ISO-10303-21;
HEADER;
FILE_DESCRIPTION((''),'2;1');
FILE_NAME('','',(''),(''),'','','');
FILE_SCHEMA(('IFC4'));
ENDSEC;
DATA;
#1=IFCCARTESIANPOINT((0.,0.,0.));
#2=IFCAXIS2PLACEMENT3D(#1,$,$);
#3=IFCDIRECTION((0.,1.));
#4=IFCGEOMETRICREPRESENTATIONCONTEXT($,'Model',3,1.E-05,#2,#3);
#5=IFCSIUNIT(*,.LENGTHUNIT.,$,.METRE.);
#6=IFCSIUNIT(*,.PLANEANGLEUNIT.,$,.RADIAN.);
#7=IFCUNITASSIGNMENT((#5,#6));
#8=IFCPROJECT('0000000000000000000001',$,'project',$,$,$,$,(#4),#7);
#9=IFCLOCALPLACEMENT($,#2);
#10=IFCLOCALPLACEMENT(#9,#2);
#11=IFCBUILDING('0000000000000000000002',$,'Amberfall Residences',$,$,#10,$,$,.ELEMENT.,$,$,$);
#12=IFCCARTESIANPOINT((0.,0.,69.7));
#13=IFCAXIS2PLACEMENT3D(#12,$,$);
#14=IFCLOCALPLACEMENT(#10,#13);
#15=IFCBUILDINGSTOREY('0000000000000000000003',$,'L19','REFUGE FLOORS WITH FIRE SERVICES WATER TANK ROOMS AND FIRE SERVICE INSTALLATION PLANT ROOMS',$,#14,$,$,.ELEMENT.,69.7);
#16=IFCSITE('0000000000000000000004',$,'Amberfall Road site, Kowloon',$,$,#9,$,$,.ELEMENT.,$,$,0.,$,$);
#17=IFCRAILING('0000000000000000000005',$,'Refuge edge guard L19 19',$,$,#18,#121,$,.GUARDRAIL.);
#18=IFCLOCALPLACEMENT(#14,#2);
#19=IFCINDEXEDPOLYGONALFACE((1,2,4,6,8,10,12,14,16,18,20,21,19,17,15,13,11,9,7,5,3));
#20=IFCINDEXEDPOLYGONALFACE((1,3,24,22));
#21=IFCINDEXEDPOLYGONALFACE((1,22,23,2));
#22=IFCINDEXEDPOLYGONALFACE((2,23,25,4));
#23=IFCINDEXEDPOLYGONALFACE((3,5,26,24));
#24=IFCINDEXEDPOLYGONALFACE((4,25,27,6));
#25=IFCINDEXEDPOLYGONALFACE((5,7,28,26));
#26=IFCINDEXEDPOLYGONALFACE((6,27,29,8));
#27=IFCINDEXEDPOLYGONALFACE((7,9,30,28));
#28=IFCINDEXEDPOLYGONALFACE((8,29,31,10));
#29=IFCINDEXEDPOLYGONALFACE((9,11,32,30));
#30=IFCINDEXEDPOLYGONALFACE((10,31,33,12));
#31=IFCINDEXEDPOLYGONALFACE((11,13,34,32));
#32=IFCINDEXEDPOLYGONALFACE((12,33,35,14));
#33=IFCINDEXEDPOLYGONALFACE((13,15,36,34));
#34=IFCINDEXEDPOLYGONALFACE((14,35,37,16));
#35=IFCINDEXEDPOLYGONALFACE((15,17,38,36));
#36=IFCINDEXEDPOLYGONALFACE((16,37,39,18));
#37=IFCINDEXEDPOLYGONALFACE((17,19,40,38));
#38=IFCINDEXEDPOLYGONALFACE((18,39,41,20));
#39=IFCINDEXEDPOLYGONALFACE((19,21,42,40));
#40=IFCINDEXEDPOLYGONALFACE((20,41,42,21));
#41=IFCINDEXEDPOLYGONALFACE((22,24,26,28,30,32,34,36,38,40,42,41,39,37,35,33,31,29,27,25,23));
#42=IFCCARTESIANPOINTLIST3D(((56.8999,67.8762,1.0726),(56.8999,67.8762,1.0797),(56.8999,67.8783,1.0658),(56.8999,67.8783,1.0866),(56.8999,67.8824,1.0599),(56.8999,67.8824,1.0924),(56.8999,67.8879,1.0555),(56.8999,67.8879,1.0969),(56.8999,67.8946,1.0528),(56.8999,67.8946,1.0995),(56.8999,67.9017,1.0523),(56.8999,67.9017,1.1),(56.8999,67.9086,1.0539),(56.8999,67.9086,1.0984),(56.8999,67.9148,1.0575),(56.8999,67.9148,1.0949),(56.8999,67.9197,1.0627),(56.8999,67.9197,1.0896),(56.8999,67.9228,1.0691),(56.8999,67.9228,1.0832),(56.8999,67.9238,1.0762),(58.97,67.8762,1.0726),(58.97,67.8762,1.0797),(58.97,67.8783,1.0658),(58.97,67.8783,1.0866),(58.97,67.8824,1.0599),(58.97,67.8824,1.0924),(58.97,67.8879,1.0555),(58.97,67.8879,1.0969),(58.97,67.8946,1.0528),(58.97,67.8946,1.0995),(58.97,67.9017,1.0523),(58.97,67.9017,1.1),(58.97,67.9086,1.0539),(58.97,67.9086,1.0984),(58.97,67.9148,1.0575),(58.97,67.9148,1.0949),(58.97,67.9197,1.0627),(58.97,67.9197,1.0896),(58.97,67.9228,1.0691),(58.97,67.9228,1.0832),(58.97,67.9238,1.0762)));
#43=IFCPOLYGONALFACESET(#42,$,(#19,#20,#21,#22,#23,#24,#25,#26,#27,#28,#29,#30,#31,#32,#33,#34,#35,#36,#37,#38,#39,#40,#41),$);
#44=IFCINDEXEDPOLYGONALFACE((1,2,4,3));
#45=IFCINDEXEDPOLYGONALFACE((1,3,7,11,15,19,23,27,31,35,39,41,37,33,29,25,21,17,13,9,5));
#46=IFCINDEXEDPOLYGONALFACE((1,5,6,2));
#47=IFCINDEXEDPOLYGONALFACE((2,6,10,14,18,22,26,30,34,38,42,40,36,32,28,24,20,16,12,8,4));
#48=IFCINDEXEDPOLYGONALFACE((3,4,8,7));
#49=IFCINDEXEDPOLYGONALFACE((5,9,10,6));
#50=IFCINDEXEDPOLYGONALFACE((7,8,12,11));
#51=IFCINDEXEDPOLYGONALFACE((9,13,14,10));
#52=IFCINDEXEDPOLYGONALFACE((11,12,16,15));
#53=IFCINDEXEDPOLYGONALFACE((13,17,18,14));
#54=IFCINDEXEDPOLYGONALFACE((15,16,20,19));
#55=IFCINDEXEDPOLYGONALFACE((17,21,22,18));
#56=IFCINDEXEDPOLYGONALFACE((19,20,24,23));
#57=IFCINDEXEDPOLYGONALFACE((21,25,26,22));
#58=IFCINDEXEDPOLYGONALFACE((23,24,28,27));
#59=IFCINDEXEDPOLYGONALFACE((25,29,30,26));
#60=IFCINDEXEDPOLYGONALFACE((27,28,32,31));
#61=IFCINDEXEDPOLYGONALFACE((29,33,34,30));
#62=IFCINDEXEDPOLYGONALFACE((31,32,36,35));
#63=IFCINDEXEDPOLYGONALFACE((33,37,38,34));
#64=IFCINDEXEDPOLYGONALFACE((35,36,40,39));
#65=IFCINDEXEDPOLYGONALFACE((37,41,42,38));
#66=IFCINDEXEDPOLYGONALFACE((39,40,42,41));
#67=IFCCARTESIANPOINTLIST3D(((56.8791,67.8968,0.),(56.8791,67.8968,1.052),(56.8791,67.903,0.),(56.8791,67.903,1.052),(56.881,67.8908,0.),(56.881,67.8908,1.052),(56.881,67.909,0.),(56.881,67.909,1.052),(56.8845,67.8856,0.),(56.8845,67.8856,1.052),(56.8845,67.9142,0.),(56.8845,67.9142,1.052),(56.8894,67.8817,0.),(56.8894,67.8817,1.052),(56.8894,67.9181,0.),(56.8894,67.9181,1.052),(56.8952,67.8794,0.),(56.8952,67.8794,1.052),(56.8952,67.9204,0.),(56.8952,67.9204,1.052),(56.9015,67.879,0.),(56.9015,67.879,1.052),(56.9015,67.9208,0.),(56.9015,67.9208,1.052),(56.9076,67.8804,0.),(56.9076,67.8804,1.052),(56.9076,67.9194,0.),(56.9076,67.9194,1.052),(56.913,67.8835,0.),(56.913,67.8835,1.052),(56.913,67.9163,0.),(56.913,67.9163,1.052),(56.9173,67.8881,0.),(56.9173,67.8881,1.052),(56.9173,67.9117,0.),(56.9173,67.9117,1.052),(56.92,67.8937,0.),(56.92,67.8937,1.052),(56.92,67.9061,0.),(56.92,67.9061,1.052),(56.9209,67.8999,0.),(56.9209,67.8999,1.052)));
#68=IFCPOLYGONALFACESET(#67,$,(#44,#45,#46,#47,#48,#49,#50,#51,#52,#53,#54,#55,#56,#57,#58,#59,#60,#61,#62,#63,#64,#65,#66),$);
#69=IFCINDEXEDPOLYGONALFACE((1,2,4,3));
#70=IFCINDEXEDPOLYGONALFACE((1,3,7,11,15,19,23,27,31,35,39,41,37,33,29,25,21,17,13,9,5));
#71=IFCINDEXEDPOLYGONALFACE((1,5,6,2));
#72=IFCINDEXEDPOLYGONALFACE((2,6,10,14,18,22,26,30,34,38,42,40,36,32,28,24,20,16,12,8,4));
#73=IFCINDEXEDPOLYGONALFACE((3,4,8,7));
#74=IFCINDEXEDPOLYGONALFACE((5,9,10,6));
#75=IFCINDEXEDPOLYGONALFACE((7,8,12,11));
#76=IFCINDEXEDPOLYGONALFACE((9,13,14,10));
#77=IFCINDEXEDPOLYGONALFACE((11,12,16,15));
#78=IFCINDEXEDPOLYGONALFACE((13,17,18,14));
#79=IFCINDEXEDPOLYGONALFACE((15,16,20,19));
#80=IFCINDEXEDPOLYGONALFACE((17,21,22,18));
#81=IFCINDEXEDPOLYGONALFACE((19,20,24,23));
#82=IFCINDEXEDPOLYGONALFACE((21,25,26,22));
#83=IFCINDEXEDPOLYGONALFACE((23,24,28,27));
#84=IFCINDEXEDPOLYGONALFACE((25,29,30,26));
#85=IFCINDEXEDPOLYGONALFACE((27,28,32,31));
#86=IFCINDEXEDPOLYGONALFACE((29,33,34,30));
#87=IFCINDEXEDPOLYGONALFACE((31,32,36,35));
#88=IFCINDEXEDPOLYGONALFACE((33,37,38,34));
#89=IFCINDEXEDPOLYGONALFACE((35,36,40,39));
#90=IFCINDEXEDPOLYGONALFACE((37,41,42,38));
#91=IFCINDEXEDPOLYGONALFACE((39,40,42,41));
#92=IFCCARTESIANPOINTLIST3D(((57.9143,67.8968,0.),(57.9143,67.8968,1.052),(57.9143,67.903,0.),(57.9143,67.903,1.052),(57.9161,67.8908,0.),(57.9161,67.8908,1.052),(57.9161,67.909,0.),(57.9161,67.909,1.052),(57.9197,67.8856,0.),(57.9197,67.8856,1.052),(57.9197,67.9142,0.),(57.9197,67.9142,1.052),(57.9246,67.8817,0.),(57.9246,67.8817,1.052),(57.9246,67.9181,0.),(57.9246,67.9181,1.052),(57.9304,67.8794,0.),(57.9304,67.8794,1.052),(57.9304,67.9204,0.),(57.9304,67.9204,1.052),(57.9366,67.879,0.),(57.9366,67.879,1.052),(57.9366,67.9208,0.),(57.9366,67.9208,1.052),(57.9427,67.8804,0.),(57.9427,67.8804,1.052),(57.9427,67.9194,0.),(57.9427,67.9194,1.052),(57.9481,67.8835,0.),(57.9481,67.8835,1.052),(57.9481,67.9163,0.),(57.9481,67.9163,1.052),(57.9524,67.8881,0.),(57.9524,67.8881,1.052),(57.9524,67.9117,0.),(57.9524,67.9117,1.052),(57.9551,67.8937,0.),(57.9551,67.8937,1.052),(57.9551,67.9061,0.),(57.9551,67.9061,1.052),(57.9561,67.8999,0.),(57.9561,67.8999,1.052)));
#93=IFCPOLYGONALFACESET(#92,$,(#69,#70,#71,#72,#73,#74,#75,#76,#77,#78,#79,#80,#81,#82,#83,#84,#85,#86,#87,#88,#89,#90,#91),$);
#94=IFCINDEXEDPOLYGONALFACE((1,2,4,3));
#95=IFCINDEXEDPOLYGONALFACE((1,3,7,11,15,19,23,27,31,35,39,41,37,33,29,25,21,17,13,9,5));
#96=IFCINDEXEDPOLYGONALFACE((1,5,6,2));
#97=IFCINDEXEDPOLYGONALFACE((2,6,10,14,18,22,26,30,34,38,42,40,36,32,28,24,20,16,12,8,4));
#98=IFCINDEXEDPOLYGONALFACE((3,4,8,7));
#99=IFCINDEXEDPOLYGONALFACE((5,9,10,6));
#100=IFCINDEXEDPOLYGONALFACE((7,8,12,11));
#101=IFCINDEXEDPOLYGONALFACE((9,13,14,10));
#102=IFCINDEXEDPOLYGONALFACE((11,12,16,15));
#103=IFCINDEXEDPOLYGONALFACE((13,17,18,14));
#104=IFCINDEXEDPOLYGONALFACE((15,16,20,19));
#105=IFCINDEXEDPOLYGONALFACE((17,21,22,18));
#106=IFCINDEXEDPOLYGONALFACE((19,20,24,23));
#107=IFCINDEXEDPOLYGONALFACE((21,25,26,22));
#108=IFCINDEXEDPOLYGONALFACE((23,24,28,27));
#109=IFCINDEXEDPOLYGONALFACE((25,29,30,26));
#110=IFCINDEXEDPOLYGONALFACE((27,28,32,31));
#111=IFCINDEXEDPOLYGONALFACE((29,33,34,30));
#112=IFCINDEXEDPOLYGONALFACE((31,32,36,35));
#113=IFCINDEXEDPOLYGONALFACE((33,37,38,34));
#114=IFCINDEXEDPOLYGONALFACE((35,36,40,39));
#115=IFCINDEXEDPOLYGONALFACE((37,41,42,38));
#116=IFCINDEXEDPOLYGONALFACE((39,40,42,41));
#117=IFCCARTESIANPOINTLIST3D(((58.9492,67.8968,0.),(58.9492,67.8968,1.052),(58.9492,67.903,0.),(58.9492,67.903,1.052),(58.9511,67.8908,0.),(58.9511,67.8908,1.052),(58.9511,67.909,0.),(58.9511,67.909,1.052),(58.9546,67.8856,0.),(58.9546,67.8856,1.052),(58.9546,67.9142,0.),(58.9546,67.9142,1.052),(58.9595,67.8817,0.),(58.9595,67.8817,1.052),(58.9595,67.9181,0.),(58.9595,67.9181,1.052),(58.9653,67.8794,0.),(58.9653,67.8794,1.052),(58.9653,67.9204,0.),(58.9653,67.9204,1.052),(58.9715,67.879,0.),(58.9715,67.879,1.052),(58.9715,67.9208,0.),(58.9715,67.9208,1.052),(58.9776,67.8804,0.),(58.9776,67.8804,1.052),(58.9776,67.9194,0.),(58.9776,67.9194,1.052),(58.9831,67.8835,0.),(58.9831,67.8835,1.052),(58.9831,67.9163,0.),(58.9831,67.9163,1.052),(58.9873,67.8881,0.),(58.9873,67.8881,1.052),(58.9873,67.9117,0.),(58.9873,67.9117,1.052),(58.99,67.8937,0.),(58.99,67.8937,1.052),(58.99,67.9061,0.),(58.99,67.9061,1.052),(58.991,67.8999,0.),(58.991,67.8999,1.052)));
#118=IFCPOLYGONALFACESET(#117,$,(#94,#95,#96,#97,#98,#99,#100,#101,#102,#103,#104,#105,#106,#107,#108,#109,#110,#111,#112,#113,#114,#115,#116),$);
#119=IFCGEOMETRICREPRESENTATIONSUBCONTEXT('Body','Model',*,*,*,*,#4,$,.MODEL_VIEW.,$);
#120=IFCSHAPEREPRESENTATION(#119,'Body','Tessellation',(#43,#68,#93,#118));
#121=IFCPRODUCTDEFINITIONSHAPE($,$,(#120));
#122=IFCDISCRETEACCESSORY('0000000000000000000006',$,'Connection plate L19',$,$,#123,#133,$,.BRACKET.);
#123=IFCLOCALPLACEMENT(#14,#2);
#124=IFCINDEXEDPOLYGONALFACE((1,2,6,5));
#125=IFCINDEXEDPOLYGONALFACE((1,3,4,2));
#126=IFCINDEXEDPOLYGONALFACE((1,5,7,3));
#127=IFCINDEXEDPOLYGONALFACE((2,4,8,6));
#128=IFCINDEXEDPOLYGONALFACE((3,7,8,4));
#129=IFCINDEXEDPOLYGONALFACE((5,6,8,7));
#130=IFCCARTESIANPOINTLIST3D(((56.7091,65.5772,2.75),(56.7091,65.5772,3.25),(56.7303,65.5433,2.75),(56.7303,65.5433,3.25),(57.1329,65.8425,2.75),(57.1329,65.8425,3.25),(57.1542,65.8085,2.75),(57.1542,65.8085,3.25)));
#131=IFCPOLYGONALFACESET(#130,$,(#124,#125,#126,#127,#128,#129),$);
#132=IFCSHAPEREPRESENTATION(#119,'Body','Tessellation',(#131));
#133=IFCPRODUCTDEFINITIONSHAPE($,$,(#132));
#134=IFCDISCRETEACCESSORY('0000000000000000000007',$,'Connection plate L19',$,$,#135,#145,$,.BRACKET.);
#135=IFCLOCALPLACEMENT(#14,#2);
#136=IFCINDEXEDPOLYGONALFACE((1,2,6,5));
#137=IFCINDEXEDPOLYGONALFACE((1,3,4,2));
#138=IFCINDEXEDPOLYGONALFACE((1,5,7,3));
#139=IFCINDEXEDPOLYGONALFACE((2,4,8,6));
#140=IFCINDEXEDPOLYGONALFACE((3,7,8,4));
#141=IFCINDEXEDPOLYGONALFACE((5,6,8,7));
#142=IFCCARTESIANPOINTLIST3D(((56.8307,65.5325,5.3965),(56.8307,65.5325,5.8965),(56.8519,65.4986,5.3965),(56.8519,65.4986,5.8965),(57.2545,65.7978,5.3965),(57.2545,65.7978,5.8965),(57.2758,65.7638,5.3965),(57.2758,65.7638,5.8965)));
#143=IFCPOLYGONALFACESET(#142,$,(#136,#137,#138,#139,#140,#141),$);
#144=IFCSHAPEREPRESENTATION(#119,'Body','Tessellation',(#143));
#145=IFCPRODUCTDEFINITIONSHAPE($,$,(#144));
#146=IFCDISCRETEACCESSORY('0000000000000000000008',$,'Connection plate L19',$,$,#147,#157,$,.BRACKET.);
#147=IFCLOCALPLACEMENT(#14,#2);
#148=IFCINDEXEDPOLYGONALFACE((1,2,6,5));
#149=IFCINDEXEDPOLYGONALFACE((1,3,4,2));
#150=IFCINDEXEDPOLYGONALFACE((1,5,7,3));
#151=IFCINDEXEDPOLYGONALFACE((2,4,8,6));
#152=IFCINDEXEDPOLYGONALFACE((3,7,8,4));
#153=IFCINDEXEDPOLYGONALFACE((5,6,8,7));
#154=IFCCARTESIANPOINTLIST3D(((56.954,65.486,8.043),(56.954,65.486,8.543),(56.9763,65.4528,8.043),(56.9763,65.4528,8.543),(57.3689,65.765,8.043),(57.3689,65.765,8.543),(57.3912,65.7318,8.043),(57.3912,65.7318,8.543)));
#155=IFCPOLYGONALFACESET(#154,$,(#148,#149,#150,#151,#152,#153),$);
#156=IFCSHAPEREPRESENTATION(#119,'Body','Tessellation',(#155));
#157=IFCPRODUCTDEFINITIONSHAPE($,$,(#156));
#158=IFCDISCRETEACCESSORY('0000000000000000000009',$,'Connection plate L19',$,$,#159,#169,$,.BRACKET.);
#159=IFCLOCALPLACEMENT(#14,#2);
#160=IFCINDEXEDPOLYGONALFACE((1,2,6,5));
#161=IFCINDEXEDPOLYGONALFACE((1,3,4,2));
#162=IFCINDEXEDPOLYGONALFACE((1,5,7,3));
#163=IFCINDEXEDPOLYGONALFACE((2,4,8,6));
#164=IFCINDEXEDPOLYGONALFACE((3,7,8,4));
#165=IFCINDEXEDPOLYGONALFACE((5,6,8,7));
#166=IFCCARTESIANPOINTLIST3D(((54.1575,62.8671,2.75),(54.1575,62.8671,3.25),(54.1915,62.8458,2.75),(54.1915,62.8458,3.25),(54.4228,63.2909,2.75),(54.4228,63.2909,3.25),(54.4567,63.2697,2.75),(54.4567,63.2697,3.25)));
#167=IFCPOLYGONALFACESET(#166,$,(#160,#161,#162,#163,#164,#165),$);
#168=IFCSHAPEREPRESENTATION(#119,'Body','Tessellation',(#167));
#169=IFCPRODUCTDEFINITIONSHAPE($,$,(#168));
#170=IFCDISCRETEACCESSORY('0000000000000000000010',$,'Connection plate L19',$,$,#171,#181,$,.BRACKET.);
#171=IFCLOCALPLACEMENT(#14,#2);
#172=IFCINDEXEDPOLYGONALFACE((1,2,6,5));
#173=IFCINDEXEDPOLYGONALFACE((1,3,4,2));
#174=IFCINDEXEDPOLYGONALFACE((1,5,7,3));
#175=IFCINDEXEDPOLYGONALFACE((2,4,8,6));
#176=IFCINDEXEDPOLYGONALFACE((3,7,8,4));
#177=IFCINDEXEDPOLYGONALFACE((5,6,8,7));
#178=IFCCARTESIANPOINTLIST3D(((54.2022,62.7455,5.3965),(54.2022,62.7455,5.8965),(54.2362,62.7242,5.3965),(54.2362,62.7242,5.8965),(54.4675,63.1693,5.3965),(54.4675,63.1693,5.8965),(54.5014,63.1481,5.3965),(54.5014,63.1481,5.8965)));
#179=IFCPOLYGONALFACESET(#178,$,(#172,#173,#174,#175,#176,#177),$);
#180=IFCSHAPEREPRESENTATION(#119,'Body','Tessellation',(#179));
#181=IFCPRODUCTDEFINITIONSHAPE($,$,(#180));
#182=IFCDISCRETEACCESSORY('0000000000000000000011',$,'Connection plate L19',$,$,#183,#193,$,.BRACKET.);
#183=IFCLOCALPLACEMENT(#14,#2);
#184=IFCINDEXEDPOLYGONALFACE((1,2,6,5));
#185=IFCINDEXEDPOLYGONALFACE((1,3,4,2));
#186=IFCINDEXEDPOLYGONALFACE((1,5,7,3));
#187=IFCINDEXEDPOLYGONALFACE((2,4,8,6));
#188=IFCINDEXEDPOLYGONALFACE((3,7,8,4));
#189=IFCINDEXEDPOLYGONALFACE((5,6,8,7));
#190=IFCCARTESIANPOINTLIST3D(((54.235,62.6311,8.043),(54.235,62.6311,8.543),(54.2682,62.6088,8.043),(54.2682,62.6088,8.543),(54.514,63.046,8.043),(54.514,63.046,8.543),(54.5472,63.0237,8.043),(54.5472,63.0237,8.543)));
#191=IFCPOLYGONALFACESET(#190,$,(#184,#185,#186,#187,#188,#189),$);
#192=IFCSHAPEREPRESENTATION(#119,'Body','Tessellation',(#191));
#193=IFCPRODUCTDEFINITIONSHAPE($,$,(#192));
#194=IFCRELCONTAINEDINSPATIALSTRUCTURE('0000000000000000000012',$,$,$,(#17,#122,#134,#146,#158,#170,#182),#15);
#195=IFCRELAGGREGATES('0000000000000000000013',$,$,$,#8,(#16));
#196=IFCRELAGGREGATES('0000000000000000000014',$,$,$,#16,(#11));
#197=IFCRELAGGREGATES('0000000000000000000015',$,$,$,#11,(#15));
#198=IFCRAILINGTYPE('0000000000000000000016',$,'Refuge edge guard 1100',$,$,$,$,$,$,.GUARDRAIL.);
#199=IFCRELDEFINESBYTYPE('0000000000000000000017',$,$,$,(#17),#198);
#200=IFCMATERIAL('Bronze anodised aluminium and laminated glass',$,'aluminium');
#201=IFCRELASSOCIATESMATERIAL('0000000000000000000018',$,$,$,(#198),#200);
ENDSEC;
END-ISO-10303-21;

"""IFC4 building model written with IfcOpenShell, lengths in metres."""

from ifc_helpers import new_model, si_unit, direction, frame, origin, origin_2d, place, context, subcontext, project, spatial, rectangle, circle, extrude, material, type_object, element, save


model = new_model("IFC4")

# Units and contexts
model_context = context("Model", 3, precision=1e-05, world=origin(), true_north=direction((0.0, 1.0)))
body_context = subcontext(model_context, "Body", "Model", "MODEL_VIEW")
ifc_project = project(units=[si_unit("LENGTHUNIT", "METRE"), si_unit("PLANEANGLEUNIT", "RADIAN")], contexts=[model_context])

# Site, building, storey
site_placement = place(None, origin())
site = spatial("IfcSite", under=ifc_project, at=site_placement, Name="Amberfall Road site, Kowloon", CompositionType="ELEMENT", RefElevation=0.0)
building_placement = place(site_placement, origin())
building = spatial("IfcBuilding", under=site, at=building_placement, Name="Amberfall Residences", CompositionType="ELEMENT")
storey_placement = place(building_placement, frame((0.0, 0.0, 69.7)))
storey = spatial("IfcBuildingStorey", under=building, at=storey_placement, Name="L19", Description="REFUGE FLOORS WITH FIRE SERVICES WATER TANK ROOMS AND FIRE SERVICE INSTALLATION PLANT ROOMS", CompositionType="ELEMENT", Elevation=69.7)

# Railing
ifc_material_1 = material(Name="Bronze anodised aluminium and laminated glass", Category="aluminium")
railing_type = type_object("IfcRailingType", Name="Refuge edge guard 1100", PredefinedType="GUARDRAIL", material=ifc_material_1)
railing_1_placement = place(storey_placement, frame((56.8999, 67.8999, 0.0)))
element("IfcRailing", 1, at=railing_1_placement, inside=storey, type_object=railing_type, Name="Refuge edge guard L19 19", PredefinedType="GUARDRAIL", context=body_context, shape_type="SweptSolid", body=[
    extrude(circle(Radius=0.0239, at=origin_2d()), frame((0.0, 0.0, 1.0762), z_axis=(1.0, 0.0, 0.0), x_axis=(0.0, 1.0, 0.0)), (0.0, 0.0, 1.0), 2.0701),
    extrude(circle(Radius=0.021, at=origin_2d()), origin(), (0.0, 0.0, 1.0), 1.052),
    extrude(circle(Radius=0.021, at=origin_2d()), frame((1.0352, 0.0, 0.0)), (0.0, 0.0, 1.0), 1.052),
    extrude(circle(Radius=0.021, at=origin_2d()), frame((2.0701, 0.0, 0.0)), (0.0, 0.0, 1.0), 1.052),
])

# Discrete accessories
for number, where, z_axis, x_axis, name in (
    (2, (56.9316, 65.6929, 2.75), (0.0, 0.0, 1.0), (0.847687, 0.530496, 0.0), "Connection plate L19"),
    (3, (57.0532, 65.6482, 5.3965), (0.0, 0.0, 1.0), (0.847687, 0.530496, 0.0), "Connection plate L19"),
    (4, (57.1726, 65.6089, 8.043), (0.0, 0.0, 1.0), (0.829857, 0.557977, 0.0), "Connection plate L19"),
    (5, (54.3071, 63.0684, 2.75), (0.0, 0.0, 1.0), (-0.530496, -0.847687, 0.0), "Connection plate L19"),
    (6, (54.3518, 62.9468, 5.3965), (0.0, 0.0, 1.0), (-0.530496, -0.847687, 0.0), "Connection plate L19"),
    (7, (54.3911, 62.8274, 8.043), (0.0, 0.0, 1.0), (-0.557977, -0.829857, 0.0), "Connection plate L19"),
):
    element("IfcDiscreteAccessory", number, at=place(storey_placement, frame(where, z_axis=z_axis, x_axis=x_axis)), inside=storey, Name=name, PredefinedType="BRACKET", context=body_context, shape_type="SweptSolid", body=[
        extrude(rectangle(XDim=0.5, YDim=0.04, at=origin_2d()), origin(), (0.0, 0.0, 1.0), 0.5),
    ])

save(model, "model.ifc")
